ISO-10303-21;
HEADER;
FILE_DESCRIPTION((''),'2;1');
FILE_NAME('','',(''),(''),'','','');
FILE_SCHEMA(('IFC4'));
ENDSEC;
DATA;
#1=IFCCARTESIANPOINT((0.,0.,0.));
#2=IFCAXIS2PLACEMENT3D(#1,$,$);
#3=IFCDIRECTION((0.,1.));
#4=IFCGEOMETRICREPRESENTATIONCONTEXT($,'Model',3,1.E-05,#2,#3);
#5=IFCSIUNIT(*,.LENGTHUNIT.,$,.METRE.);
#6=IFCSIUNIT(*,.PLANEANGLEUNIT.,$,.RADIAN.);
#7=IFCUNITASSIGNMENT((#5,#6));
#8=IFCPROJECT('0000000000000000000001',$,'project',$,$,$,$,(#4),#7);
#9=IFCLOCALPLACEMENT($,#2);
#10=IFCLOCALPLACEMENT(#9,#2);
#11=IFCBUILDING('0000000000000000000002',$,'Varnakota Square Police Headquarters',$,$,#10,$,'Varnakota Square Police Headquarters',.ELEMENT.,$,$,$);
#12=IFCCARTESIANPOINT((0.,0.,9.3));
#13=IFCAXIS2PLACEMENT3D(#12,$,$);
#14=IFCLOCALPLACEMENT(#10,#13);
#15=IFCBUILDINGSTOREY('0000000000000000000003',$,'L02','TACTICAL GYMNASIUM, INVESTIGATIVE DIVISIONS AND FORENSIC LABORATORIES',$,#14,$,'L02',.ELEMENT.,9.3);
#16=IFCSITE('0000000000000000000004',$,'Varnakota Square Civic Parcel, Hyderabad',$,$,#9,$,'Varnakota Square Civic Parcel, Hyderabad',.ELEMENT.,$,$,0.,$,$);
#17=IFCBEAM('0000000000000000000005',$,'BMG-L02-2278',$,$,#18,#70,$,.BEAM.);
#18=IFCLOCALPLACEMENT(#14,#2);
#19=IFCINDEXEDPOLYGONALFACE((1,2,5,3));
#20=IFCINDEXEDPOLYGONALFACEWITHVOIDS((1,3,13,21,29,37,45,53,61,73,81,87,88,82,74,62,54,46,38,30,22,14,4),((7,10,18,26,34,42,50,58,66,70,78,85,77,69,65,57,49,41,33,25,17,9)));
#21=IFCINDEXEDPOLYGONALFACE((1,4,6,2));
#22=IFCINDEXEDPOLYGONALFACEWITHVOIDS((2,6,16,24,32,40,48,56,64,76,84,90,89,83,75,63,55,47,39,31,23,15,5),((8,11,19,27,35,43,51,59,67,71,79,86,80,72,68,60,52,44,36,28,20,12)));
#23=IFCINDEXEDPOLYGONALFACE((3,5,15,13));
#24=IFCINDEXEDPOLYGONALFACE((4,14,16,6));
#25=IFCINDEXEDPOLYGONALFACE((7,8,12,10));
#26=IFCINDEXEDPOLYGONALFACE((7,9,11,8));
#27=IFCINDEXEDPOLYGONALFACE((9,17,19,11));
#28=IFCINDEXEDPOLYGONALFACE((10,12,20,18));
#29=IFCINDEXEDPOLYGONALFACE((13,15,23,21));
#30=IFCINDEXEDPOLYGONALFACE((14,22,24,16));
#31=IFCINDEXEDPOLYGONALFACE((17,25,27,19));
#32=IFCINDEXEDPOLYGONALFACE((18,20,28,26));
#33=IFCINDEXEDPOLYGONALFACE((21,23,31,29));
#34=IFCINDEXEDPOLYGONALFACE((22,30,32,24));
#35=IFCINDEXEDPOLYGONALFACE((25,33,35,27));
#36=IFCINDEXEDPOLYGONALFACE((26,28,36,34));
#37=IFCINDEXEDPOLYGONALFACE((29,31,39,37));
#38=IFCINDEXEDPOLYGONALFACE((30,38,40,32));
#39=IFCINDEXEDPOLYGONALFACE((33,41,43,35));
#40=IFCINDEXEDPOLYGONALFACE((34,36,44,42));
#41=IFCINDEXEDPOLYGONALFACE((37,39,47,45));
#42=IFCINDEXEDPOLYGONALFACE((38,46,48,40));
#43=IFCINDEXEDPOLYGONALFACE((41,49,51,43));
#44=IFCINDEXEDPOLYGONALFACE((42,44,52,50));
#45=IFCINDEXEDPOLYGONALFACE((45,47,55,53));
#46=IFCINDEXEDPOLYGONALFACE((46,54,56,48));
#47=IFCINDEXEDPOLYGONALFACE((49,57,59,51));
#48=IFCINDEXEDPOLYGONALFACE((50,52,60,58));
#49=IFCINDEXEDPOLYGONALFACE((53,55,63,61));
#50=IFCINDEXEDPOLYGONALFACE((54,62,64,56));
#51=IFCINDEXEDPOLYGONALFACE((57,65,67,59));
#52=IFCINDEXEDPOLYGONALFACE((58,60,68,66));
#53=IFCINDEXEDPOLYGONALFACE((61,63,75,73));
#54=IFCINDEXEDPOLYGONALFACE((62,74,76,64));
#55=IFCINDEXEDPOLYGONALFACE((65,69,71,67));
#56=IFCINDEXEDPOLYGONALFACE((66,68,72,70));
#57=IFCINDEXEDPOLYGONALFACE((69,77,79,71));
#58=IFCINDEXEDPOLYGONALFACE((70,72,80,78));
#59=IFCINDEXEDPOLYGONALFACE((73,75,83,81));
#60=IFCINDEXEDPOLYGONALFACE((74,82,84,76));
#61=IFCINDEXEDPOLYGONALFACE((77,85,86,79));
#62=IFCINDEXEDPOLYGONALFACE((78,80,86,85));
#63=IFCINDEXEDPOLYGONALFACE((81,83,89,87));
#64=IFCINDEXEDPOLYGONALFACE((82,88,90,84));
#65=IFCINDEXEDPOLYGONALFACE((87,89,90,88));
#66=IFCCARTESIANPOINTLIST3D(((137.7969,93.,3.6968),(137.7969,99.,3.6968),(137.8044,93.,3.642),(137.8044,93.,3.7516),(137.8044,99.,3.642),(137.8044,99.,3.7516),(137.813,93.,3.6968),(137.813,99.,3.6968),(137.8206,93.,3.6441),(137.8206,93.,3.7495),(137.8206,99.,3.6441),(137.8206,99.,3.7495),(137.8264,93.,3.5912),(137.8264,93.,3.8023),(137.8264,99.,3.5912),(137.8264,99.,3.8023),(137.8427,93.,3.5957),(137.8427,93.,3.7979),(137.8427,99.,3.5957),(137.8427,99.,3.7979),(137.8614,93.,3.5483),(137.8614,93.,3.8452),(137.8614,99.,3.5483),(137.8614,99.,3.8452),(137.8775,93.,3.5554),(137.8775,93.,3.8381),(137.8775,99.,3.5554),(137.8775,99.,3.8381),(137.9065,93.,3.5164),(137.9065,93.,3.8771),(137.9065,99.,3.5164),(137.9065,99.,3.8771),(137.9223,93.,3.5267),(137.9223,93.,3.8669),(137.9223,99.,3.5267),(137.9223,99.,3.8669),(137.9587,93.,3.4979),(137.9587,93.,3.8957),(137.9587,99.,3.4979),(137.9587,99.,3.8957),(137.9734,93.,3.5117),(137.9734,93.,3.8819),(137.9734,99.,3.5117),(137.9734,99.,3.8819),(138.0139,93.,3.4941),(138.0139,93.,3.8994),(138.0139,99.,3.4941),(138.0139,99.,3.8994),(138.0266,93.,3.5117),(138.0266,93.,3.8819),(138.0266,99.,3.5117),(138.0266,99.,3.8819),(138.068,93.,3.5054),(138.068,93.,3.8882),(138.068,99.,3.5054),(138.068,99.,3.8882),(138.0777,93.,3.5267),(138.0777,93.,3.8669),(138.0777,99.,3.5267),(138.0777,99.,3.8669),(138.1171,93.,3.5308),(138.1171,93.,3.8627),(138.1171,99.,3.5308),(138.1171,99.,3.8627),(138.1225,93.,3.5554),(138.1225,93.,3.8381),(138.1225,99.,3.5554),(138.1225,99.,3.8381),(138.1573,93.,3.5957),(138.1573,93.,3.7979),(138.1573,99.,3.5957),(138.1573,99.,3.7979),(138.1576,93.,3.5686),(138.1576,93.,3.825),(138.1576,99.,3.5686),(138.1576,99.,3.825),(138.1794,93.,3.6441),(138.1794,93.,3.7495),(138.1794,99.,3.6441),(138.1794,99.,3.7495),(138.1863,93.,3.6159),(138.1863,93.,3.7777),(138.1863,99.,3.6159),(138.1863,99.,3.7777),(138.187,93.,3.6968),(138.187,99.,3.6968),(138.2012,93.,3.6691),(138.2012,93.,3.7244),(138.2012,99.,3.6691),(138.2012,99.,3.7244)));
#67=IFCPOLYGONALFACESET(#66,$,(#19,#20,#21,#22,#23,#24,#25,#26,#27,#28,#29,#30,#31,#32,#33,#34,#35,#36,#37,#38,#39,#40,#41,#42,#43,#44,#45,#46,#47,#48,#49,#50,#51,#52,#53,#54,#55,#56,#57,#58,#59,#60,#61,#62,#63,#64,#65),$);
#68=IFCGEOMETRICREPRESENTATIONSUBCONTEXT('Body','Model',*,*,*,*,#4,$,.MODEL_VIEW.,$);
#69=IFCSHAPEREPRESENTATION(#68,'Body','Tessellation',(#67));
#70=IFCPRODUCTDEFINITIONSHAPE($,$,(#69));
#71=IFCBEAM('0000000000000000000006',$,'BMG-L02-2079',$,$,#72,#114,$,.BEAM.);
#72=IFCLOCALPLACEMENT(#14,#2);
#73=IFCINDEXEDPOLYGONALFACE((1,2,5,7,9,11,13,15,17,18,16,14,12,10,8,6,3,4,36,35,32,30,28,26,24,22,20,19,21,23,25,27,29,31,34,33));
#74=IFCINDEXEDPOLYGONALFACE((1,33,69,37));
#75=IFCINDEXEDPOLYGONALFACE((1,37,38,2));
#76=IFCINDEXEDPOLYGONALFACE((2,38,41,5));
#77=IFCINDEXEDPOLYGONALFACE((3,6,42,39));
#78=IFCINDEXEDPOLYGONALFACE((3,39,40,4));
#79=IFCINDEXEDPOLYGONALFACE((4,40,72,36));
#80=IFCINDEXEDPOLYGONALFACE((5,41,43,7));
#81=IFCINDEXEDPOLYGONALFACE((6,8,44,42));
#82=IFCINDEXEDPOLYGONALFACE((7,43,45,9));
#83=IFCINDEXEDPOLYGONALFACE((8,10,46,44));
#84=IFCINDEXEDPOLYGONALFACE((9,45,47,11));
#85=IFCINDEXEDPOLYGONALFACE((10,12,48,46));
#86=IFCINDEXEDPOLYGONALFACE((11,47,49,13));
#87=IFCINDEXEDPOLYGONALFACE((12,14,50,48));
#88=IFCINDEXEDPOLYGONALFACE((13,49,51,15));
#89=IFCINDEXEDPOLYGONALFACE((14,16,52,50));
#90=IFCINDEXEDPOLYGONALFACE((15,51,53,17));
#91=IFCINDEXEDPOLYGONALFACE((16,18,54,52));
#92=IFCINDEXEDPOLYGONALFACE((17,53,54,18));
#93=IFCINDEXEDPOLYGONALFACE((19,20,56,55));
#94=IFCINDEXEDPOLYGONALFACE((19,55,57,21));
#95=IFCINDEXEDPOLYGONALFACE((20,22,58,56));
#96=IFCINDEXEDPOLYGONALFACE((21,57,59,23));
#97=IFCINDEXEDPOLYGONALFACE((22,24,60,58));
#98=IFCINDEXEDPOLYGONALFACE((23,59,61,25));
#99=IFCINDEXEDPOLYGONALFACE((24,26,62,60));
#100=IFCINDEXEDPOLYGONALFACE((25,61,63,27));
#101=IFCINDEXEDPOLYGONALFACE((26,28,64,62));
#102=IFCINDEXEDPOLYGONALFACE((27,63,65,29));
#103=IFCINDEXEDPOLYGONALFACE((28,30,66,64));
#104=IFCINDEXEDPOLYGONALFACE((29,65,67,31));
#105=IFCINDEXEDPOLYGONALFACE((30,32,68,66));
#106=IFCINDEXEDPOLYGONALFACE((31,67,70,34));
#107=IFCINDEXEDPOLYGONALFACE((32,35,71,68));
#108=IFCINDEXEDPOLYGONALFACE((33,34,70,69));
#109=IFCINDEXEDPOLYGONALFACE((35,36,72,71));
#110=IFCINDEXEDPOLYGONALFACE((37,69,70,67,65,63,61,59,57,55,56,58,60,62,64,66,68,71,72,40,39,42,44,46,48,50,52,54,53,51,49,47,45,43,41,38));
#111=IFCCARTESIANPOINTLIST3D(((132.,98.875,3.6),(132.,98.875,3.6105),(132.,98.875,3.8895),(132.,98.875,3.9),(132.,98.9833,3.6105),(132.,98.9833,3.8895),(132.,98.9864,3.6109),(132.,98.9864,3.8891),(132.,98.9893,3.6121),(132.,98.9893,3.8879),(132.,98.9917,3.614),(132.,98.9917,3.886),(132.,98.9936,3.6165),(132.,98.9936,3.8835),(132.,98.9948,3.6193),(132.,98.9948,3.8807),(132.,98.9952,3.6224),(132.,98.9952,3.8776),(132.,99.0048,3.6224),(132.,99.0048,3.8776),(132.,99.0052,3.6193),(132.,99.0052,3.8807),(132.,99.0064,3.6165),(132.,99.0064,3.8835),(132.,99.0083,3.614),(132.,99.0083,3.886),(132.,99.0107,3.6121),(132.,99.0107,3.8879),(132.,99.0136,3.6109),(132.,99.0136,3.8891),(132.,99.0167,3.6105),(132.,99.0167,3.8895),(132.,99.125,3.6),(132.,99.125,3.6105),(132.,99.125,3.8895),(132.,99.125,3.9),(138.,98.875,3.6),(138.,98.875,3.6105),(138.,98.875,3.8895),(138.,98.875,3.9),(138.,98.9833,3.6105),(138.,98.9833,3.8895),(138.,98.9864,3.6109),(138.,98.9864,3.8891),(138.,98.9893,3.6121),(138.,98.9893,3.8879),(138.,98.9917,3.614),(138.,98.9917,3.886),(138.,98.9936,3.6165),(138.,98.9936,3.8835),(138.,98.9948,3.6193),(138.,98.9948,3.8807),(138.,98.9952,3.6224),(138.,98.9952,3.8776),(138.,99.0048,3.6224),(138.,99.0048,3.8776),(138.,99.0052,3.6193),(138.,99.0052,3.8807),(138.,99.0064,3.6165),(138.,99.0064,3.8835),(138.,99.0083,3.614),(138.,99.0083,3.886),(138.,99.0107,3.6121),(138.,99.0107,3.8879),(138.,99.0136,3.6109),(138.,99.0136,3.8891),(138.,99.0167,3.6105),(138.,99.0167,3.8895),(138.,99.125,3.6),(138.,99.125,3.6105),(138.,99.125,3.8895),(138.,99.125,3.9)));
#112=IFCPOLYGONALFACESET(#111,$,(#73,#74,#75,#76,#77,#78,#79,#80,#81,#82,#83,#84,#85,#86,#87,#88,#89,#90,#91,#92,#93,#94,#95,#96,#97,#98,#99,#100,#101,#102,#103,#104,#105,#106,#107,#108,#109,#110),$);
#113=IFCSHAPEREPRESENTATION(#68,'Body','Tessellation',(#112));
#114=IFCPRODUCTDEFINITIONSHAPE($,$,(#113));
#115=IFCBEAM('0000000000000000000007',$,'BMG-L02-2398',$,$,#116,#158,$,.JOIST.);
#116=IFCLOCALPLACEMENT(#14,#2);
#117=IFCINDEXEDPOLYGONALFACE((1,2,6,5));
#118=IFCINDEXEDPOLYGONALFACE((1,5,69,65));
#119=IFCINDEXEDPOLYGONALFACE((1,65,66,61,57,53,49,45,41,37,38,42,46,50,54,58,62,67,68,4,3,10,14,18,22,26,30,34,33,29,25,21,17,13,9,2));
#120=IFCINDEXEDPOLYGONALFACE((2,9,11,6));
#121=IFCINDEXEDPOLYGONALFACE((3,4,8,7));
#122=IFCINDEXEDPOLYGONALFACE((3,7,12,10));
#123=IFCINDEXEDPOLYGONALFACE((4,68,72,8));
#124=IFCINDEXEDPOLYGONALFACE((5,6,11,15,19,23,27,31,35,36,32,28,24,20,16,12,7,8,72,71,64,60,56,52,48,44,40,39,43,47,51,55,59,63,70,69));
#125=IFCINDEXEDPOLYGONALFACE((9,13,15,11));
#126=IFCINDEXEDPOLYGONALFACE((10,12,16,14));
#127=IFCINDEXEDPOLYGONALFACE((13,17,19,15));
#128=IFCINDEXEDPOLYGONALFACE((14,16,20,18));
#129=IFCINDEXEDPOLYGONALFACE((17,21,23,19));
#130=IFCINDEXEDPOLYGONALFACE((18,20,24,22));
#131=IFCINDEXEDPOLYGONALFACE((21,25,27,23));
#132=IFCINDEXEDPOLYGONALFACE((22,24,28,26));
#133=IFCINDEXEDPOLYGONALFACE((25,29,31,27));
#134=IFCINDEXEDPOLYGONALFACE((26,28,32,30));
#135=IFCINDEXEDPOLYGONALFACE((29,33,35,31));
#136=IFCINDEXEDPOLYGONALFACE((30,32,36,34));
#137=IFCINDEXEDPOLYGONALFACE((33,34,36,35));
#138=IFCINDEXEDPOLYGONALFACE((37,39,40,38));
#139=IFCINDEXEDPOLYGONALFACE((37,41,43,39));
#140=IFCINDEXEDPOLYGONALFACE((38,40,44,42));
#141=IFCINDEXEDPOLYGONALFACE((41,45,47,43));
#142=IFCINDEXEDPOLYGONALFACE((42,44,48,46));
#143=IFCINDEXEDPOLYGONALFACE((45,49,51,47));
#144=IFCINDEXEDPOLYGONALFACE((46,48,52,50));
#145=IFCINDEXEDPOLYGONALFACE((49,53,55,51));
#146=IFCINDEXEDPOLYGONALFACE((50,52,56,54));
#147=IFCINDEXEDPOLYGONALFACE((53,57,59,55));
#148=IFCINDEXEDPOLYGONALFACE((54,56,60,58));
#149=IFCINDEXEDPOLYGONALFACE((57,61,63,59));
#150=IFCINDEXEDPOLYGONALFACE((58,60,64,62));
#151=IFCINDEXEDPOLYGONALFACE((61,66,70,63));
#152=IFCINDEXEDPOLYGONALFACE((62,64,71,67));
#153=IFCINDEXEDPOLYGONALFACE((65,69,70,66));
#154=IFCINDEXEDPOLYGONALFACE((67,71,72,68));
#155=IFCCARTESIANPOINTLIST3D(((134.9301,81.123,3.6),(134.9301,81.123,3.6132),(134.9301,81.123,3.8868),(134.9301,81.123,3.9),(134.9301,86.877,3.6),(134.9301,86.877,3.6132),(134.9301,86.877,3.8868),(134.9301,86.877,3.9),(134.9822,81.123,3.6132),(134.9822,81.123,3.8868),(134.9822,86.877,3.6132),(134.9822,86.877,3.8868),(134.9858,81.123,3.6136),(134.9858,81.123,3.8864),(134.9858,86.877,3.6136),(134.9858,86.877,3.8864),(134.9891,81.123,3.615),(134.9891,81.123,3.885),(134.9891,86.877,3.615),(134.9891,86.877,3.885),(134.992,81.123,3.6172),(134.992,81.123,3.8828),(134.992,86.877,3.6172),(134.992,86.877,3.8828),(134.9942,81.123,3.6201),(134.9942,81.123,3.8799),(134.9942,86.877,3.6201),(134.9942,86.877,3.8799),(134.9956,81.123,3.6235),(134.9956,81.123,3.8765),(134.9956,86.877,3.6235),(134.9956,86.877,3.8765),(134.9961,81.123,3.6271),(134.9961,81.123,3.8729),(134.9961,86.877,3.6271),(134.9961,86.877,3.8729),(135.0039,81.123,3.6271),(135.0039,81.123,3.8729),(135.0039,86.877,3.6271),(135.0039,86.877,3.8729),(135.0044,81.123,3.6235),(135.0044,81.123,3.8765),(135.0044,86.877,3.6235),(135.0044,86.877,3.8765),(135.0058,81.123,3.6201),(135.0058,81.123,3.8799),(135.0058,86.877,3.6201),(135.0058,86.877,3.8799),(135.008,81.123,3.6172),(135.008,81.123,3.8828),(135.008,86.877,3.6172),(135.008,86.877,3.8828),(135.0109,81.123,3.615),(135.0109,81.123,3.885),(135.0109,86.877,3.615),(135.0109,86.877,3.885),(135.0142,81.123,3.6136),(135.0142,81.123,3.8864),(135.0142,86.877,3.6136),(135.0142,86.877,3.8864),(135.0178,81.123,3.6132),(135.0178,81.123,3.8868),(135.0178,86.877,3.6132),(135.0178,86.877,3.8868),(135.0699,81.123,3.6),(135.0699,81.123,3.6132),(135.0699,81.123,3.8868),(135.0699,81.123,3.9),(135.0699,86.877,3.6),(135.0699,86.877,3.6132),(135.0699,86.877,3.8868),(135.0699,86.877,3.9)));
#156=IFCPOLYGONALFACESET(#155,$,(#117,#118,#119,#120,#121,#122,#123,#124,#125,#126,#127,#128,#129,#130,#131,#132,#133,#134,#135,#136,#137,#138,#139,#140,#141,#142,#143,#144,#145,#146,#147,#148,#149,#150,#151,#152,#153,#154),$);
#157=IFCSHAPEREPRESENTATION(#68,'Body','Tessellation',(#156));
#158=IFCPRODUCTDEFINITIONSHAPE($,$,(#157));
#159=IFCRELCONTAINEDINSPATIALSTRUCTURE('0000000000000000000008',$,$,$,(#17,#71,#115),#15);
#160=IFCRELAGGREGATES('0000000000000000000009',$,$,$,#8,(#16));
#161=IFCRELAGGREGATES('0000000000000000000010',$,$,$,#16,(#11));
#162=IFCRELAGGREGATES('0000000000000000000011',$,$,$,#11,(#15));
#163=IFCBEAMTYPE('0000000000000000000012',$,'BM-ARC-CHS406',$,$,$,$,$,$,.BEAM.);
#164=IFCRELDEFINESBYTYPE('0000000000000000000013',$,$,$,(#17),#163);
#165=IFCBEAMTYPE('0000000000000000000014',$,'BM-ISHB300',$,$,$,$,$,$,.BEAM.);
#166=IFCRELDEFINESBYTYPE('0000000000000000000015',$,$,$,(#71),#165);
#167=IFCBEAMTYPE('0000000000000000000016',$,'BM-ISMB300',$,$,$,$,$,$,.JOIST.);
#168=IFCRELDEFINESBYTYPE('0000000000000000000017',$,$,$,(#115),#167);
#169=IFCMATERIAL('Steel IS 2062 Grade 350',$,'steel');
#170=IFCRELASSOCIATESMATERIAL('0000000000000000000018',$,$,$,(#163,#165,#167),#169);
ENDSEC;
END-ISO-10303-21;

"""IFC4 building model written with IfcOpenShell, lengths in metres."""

from ifc_helpers import new_model, si_unit, direction, frame, origin, origin_2d, place, context, subcontext, project, spatial, hollow_circle, i_section, extrude, material, material_profile, profile_set, type_object, element, save


model = new_model("IFC4")

# Units and contexts
model_context = context("Model", 3, precision=1e-05, world=origin(), true_north=direction((0.0, 1.0)))
body_context = subcontext(model_context, "Body", "Model", "MODEL_VIEW")
ifc_project = project(units=[si_unit("LENGTHUNIT", "METRE"), si_unit("PLANEANGLEUNIT", "RADIAN")], contexts=[model_context])

# Site, building, storey
site_placement = place(None, origin())
site = spatial("IfcSite", under=ifc_project, at=site_placement, Name="Varnakota Square Civic Parcel, Hyderabad", LongName="Varnakota Square Civic Parcel, Hyderabad", CompositionType="ELEMENT", RefElevation=0.0)
building_placement = place(site_placement, origin())
building = spatial("IfcBuilding", under=site, at=building_placement, Name="Varnakota Square Police Headquarters", LongName="Varnakota Square Police Headquarters", CompositionType="ELEMENT")
storey_placement = place(building_placement, frame((0.0, 0.0, 9.3)))
storey = spatial("IfcBuildingStorey", under=building, at=storey_placement, Name="L02", Description="TACTICAL GYMNASIUM, INVESTIGATIVE DIVISIONS AND FORENSIC LABORATORIES", LongName="L02", CompositionType="ELEMENT", Elevation=9.3)

# Shared definitions
ifc_material_1 = material(Name="Steel IS 2062 Grade 350", Category="steel")

# Beams
ifc_material_profile_1 = material_profile(ifc_material_1, hollow_circle(Radius=0.2031, WallThickness=0.0161, at=origin_2d()), Name="CHS 406.4x16.0")
ifc_profile_set_1 = profile_set([ifc_material_profile_1], Name="Steel IS 2062 Grade 350")
beam_type_1 = type_object("IfcBeamType", Name="BM-ARC-CHS406", PredefinedType="BEAM", material=ifc_profile_set_1)
for number, where, z_axis, x_axis, name in (
    (1, (138.0, 93.0, 3.6968), (0.0, 1.0, 0.0), (-1.0, 0.0, 0.0), "BMG-L02-2278"),
):
    element("IfcBeam", number, at=place(storey_placement, frame(where, z_axis=z_axis, x_axis=x_axis)), inside=storey, type_object=beam_type_1, Name=name, PredefinedType="BEAM", context=body_context, shape_type="SweptSolid", body=[
        extrude(hollow_circle(Radius=0.2031, WallThickness=0.0161, at=origin_2d()), origin(), (0.0, 0.0, 1.0), 6.0),
    ])
ifc_material_profile_2 = material_profile(ifc_material_1, i_section(OverallWidth=0.25, OverallDepth=0.3, WebThickness=0.0095, FlangeThickness=0.0105, FilletRadius=0.012, at=origin_2d()), Name="ISHB 300")
ifc_profile_set_2 = profile_set([ifc_material_profile_2], Name="Steel IS 2062 Grade 350")
beam_type_2 = type_object("IfcBeamType", Name="BM-ISHB300", PredefinedType="BEAM", material=ifc_profile_set_2)
beam_1_placement = place(storey_placement, frame((132.0, 99.0, 3.75), z_axis=(1.0, 0.0, 0.0), x_axis=(0.0, 1.0, 0.0)))
element("IfcBeam", 2, at=beam_1_placement, inside=storey, type_object=beam_type_2, Name="BMG-L02-2079", PredefinedType="BEAM", context=body_context, shape_type="SweptSolid", body=[
    extrude(i_section(OverallWidth=0.25, OverallDepth=0.3, WebThickness=0.0095, FlangeThickness=0.0105, FilletRadius=0.012, at=origin_2d()), origin(), (0.0, 0.0, 1.0), 6.0),
])
ifc_material_profile_3 = material_profile(ifc_material_1, i_section(OverallWidth=0.1399, OverallDepth=0.3, WebThickness=0.0078, FlangeThickness=0.0132, FilletRadius=0.0139, at=origin_2d()), Name="ISMB 300")
ifc_profile_set_3 = profile_set([ifc_material_profile_3], Name="Steel IS 2062 Grade 350")
beam_type_3 = type_object("IfcBeamType", Name="BM-ISMB300", PredefinedType="JOIST", material=ifc_profile_set_3)
beam_2_placement = place(storey_placement, frame((135.0, 81.123, 3.75), z_axis=(0.0, 1.0, 0.0), x_axis=(-1.0, 0.0, 0.0)))
element("IfcBeam", 3, at=beam_2_placement, inside=storey, type_object=beam_type_3, Name="BMG-L02-2398", PredefinedType="JOIST", context=body_context, shape_type="SweptSolid", body=[
    extrude(i_section(OverallWidth=0.1399, OverallDepth=0.3, WebThickness=0.0078, FlangeThickness=0.0132, FilletRadius=0.0139, at=origin_2d()), origin(), (0.0, 0.0, 1.0), 5.7539),
])

save(model, "model.ifc")
